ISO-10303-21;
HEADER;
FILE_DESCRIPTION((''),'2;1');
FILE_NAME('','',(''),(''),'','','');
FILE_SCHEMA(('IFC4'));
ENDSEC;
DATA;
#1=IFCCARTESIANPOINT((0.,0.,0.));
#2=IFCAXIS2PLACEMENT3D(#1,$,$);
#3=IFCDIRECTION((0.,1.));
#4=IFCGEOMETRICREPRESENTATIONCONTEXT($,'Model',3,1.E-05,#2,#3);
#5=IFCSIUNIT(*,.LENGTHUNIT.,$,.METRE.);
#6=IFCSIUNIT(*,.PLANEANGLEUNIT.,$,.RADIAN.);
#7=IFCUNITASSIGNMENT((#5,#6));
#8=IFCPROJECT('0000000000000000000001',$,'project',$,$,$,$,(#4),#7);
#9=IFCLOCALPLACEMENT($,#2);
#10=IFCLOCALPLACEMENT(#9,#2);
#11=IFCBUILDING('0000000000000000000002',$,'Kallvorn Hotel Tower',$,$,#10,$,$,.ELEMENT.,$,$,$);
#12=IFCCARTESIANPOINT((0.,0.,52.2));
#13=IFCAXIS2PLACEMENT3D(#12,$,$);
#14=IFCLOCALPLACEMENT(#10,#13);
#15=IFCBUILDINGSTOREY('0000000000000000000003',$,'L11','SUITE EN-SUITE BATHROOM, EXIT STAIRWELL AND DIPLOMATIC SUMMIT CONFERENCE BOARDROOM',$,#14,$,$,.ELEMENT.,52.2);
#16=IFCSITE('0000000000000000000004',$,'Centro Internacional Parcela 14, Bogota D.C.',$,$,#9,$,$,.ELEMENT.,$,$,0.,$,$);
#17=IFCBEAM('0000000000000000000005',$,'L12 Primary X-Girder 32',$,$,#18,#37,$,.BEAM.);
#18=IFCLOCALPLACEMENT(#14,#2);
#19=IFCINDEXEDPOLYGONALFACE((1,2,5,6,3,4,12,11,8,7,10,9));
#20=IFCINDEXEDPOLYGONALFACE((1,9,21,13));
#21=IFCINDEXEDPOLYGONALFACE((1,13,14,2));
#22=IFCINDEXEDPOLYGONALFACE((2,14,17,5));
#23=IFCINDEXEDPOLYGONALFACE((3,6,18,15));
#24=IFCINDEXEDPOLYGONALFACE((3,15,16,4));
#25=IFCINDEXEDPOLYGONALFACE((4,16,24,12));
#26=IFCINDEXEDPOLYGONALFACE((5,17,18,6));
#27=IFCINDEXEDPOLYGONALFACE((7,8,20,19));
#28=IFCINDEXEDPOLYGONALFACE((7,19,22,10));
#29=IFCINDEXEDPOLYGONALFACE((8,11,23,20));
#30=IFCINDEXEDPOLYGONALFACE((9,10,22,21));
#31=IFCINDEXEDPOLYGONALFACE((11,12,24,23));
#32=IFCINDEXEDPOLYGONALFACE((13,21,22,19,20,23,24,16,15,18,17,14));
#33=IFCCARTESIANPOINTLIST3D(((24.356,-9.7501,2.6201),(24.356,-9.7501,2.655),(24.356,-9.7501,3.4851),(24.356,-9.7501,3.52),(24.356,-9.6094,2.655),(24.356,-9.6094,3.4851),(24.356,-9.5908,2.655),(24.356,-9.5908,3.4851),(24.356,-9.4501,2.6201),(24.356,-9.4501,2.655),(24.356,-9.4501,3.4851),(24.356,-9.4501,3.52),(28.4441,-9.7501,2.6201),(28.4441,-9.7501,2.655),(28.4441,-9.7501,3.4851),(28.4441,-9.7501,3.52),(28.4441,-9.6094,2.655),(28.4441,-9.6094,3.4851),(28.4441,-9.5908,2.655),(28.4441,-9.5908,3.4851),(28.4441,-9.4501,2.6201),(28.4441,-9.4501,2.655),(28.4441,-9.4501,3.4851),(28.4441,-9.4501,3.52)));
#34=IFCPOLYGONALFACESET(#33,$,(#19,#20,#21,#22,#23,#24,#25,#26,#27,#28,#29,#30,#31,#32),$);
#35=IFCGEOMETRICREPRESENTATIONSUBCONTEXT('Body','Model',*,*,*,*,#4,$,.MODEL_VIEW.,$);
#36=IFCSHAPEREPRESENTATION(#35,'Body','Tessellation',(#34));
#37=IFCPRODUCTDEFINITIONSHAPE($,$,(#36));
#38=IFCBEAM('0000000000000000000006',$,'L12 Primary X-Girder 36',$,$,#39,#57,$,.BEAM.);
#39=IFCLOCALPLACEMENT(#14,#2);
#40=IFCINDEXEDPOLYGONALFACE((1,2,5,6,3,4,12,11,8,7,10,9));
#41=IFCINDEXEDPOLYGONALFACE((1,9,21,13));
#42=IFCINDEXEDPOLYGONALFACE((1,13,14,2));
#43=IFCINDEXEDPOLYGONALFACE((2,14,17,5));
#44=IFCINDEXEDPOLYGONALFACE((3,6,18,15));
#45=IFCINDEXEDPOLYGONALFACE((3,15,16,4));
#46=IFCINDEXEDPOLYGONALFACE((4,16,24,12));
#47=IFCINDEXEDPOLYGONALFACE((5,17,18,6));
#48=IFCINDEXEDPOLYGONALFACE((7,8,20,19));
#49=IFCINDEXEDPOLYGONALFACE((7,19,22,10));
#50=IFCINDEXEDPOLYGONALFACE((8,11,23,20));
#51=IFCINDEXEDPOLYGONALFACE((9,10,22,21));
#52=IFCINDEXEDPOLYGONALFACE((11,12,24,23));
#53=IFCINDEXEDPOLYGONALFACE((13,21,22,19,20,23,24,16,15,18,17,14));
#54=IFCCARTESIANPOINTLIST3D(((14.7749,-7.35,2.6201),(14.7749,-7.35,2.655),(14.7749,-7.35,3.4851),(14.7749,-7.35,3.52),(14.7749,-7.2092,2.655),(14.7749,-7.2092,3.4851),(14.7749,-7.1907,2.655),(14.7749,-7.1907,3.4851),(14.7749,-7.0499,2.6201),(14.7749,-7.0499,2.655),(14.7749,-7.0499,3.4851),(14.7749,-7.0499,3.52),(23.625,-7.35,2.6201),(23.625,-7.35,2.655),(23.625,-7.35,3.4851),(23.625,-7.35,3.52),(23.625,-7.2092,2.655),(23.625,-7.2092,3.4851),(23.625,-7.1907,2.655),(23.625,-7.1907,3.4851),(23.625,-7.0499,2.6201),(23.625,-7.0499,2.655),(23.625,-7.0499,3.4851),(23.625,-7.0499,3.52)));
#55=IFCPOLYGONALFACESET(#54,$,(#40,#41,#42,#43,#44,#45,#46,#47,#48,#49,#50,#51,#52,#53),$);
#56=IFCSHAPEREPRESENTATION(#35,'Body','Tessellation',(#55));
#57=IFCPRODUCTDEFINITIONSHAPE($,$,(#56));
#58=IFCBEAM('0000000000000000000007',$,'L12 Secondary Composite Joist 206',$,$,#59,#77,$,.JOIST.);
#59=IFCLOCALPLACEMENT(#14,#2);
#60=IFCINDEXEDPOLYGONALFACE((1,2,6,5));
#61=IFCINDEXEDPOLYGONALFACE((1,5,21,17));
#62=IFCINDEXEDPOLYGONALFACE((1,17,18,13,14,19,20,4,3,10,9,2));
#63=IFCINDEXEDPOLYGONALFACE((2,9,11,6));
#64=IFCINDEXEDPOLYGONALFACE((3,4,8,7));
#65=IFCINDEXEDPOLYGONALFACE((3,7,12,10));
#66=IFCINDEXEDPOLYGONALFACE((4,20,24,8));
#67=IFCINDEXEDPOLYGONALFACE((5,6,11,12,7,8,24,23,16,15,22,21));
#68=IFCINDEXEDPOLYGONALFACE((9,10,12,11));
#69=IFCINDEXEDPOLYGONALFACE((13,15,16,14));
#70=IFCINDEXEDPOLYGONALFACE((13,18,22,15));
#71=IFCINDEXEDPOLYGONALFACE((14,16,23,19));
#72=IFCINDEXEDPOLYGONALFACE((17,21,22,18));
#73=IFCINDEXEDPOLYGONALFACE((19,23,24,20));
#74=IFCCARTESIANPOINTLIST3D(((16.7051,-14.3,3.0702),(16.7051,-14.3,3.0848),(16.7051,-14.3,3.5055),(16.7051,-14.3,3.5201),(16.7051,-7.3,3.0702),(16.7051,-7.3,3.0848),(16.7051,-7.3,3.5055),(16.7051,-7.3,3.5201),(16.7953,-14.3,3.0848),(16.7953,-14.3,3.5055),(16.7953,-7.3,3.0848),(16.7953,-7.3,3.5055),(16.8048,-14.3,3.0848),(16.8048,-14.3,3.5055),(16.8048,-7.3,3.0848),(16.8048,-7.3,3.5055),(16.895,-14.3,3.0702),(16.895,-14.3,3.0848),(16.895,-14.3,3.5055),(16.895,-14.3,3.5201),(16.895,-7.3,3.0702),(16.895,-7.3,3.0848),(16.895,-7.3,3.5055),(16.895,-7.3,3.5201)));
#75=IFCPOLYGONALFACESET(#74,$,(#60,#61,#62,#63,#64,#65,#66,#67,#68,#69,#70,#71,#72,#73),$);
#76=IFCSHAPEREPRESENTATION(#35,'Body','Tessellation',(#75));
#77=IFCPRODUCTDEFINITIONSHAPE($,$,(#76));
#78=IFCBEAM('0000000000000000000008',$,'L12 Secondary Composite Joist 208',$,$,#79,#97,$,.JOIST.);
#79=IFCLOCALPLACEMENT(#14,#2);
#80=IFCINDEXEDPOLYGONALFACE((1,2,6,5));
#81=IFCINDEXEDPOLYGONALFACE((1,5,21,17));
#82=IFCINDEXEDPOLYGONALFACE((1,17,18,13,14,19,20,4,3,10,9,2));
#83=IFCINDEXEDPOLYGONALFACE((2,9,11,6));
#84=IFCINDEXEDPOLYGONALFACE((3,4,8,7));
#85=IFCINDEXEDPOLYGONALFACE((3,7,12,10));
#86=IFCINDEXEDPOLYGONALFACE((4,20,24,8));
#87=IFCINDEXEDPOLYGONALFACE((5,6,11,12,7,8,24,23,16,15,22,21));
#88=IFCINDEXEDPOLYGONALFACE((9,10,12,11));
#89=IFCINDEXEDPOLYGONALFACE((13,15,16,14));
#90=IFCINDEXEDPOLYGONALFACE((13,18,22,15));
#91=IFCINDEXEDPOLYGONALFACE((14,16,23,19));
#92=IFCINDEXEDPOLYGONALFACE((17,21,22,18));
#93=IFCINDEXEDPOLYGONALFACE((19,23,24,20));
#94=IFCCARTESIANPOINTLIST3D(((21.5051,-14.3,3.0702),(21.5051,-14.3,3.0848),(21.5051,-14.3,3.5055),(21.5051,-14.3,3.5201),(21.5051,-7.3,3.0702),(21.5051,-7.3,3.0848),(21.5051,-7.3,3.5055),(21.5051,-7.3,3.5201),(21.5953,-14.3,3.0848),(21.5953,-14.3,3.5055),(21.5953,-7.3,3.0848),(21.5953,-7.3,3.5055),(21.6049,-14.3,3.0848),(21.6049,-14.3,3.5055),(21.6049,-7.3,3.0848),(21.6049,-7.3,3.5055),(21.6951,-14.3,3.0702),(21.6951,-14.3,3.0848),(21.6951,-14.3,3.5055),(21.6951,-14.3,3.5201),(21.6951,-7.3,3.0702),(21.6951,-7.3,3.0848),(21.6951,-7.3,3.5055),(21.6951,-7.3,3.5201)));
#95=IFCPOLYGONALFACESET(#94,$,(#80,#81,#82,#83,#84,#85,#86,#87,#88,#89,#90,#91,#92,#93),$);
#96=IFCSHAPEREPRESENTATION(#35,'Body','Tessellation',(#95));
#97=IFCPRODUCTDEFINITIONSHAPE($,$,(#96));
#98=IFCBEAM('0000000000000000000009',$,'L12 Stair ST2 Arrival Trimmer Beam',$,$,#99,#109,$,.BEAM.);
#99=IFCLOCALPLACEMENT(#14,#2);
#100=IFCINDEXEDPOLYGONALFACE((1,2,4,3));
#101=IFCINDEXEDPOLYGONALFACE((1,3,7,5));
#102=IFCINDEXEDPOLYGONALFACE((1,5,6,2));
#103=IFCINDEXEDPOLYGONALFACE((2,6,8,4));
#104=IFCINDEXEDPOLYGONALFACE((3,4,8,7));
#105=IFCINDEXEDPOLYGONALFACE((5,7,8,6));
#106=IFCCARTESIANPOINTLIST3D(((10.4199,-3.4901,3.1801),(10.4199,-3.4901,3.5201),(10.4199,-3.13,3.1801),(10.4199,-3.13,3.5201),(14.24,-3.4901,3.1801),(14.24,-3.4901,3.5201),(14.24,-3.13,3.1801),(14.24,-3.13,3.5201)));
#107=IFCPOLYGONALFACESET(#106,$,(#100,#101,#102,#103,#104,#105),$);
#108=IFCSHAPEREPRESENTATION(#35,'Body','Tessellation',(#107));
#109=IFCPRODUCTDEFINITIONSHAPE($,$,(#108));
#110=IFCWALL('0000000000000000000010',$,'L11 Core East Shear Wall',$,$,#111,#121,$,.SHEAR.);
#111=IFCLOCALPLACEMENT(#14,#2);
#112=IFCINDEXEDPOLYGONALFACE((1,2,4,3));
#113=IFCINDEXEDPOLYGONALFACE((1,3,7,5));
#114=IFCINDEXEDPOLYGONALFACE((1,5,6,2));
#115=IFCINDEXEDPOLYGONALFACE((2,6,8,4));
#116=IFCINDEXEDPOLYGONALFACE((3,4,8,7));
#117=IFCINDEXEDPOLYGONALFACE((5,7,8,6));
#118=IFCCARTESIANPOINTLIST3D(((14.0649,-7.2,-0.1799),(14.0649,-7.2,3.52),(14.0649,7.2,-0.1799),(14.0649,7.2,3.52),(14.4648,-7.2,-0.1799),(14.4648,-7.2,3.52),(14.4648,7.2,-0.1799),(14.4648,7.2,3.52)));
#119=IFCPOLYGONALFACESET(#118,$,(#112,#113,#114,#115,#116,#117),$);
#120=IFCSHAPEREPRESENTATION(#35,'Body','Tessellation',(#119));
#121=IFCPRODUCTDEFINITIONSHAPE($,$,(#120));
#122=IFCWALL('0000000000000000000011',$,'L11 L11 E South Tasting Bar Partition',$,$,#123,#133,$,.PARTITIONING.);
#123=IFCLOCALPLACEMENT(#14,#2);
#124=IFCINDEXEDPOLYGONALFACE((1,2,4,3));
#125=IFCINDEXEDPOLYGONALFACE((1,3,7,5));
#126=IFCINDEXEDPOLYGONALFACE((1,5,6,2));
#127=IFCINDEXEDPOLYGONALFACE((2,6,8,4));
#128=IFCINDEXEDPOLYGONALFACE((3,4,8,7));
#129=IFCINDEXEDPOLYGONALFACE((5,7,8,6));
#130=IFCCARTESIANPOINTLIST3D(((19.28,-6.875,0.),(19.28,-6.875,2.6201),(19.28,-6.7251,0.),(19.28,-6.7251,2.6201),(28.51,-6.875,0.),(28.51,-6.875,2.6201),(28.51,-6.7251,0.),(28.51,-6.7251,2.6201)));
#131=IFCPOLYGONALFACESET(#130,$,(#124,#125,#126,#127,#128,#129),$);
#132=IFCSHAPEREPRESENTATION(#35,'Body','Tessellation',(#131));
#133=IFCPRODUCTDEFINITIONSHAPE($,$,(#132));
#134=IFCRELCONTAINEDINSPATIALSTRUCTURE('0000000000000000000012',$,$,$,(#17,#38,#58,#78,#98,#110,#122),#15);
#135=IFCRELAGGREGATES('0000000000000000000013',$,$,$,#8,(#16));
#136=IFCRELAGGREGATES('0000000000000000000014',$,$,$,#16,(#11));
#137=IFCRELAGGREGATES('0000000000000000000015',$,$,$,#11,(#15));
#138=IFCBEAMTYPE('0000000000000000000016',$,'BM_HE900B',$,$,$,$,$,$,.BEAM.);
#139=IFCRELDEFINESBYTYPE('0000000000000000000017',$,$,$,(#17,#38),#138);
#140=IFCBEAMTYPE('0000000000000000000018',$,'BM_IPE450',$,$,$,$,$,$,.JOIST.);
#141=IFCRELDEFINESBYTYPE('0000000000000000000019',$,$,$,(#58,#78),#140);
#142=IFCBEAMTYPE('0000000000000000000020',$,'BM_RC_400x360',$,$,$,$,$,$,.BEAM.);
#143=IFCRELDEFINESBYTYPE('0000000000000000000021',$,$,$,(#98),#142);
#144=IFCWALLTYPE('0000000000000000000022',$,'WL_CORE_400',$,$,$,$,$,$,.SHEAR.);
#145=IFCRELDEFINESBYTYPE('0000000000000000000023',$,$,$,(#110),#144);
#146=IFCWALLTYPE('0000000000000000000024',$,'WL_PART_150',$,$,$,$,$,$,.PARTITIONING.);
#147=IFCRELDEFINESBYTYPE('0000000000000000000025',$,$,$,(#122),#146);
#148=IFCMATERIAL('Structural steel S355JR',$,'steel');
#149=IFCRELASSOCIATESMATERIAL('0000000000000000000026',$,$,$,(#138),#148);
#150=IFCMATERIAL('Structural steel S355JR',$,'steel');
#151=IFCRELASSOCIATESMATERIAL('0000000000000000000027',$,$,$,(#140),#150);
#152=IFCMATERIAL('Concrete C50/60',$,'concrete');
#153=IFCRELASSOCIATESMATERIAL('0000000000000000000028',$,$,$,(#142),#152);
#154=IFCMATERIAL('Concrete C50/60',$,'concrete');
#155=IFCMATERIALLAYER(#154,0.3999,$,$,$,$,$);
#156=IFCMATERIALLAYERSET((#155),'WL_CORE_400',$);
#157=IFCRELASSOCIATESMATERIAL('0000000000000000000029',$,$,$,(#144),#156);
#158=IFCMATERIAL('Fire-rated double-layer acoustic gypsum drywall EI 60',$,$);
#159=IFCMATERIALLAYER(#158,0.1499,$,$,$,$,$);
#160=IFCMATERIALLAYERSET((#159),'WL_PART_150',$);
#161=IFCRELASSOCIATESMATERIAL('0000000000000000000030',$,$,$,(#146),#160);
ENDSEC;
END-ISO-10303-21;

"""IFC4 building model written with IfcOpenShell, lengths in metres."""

from ifc_helpers import new_model, si_unit, direction, frame, frame_2d, origin, origin_2d, place, context, subcontext, project, spatial, rectangle, i_section, extrude, material, layer, layer_set, material_profile, profile_set, type_object, element, save


model = new_model("IFC4")

# Units and contexts
model_context = context("Model", 3, precision=1e-05, world=origin(), true_north=direction((0.0, 1.0)))
body_context = subcontext(model_context, "Body", "Model", "MODEL_VIEW")
ifc_project = project(units=[si_unit("LENGTHUNIT", "METRE"), si_unit("PLANEANGLEUNIT", "RADIAN")], contexts=[model_context])

# Site, building, storey
site_placement = place(None, origin())
site = spatial("IfcSite", under=ifc_project, at=site_placement, Name="Centro Internacional Parcela 14, Bogota D.C.", CompositionType="ELEMENT", RefElevation=0.0)
building_placement = place(site_placement, origin())
building = spatial("IfcBuilding", under=site, at=building_placement, Name="Kallvorn Hotel Tower", CompositionType="ELEMENT")
storey_placement = place(building_placement, frame((0.0, 0.0, 52.2)))
storey = spatial("IfcBuildingStorey", under=building, at=storey_placement, Name="L11", Description="SUITE EN-SUITE BATHROOM, EXIT STAIRWELL AND DIPLOMATIC SUMMIT CONFERENCE BOARDROOM", CompositionType="ELEMENT", Elevation=52.2)

# Beams
ifc_material_1 = material(Name="Structural steel S355JR", Category="steel")
ifc_material_profile_1 = material_profile(ifc_material_1, i_section(OverallWidth=0.3, OverallDepth=0.8999, WebThickness=0.0186, FlangeThickness=0.0349, at=origin_2d()), Name="HE 900 B")
ifc_profile_set_1 = profile_set([ifc_material_profile_1], Name="Structural steel S355JR")
beam_type_1 = type_object("IfcBeamType", Name="BM_HE900B", PredefinedType="BEAM", material=ifc_profile_set_1)
for number, where, z_axis, x_axis, name in (
    (1, (24.356, -9.6001, 3.0701), (1.0, 0.0, 0.0), (0.0, 1.0, 0.0), "L12 Primary X-Girder 32"),
):
    element("IfcBeam", number, at=place(storey_placement, frame(where, z_axis=z_axis, x_axis=x_axis)), inside=storey, type_object=beam_type_1, Name=name, PredefinedType="BEAM", context=body_context, shape_type="SweptSolid", body=[
        extrude(i_section(OverallWidth=0.3, OverallDepth=0.8999, WebThickness=0.0186, FlangeThickness=0.0349, at=origin_2d()), origin(), (0.0, 0.0, 1.0), 4.0881),
    ])
beam_1_placement = place(storey_placement, frame((14.7749, -7.2, 3.0701), z_axis=(1.0, 0.0, 0.0), x_axis=(0.0, 1.0, 0.0)))
element("IfcBeam", 2, at=beam_1_placement, inside=storey, type_object=beam_type_1, Name="L12 Primary X-Girder 36", PredefinedType="BEAM", context=body_context, shape_type="SweptSolid", body=[
    extrude(i_section(OverallWidth=0.3, OverallDepth=0.8999, WebThickness=0.0186, FlangeThickness=0.0349, at=origin_2d()), origin(), (0.0, 0.0, 1.0), 8.8501),
])
ifc_material_2 = material(Name="Structural steel S355JR", Category="steel")
ifc_material_profile_2 = material_profile(ifc_material_2, i_section(OverallWidth=0.1899, OverallDepth=0.45, WebThickness=0.0095, FlangeThickness=0.0146, at=origin_2d()), Name="IPE 450")
ifc_profile_set_2 = profile_set([ifc_material_profile_2], Name="Structural steel S355JR")
beam_type_2 = type_object("IfcBeamType", Name="BM_IPE450", PredefinedType="JOIST", material=ifc_profile_set_2)
for number, where, z_axis, x_axis, name in (
    (3, (16.8, -14.3, 3.2952), (0.0, 1.0, 0.0), (-1.0, 0.0, 0.0), "L12 Secondary Composite Joist 206"),
    (4, (21.6001, -14.3, 3.2952), (0.0, 1.0, 0.0), (-1.0, 0.0, 0.0), "L12 Secondary Composite Joist 208"),
):
    element("IfcBeam", number, at=place(storey_placement, frame(where, z_axis=z_axis, x_axis=x_axis)), inside=storey, type_object=beam_type_2, Name=name, PredefinedType="JOIST", context=body_context, shape_type="SweptSolid", body=[
        extrude(i_section(OverallWidth=0.1899, OverallDepth=0.45, WebThickness=0.0095, FlangeThickness=0.0146, at=origin_2d()), origin(), (0.0, 0.0, 1.0), 7.0),
    ])
ifc_material_3 = material(Name="Concrete C50/60", Category="concrete")
ifc_material_profile_3 = material_profile(ifc_material_3, rectangle(XDim=0.3601, YDim=0.3401, at=origin_2d()), Name="RC 360x340")
ifc_profile_set_3 = profile_set([ifc_material_profile_3], Name="Concrete C50/60")
beam_type_3 = type_object("IfcBeamType", Name="BM_RC_400x360", PredefinedType="BEAM", material=ifc_profile_set_3)
beam_2_placement = place(storey_placement, frame((14.24, -3.3101, 3.3501), z_axis=(-1.0, 0.0, 0.0), x_axis=(0.0, -1.0, 0.0)))
element("IfcBeam", 5, at=beam_2_placement, inside=storey, type_object=beam_type_3, Name="L12 Stair ST2 Arrival Trimmer Beam", PredefinedType="BEAM", context=body_context, shape_type="SweptSolid", body=[
    extrude(rectangle(XDim=0.3601, YDim=0.3401, at=origin_2d()), origin(), (0.0, 0.0, 1.0), 3.8201),
])

# Walls
ifc_material_4 = material(Name="Concrete C50/60", Category="concrete")
ifc_layer_1 = layer(ifc_material_4, 0.3999)
ifc_layer_set_1 = layer_set([ifc_layer_1], Name="WL_CORE_400")
wall_type_1 = type_object("IfcWallType", Name="WL_CORE_400", PredefinedType="SHEAR", material=ifc_layer_set_1)
wall_1_placement = place(storey_placement, frame((14.2649, -7.2, -0.1799), z_axis=(0.0, 0.0, 1.0), x_axis=(0.0, 1.0, 0.0)))
element("IfcWall", 6, at=wall_1_placement, inside=storey, type_object=wall_type_1, Name="L11 Core East Shear Wall", PredefinedType="SHEAR", context=body_context, shape_type="SweptSolid", body=[
    extrude(rectangle(XDim=14.3999, YDim=0.3999, at=frame_2d((7.2, 0.0))), origin(), (0.0, 0.0, 1.0), 3.7),
])
ifc_material_5 = material(Name="Fire-rated double-layer acoustic gypsum drywall EI 60")
ifc_layer_2 = layer(ifc_material_5, 0.1499)
ifc_layer_set_2 = layer_set([ifc_layer_2], Name="WL_PART_150")
wall_type_2 = type_object("IfcWallType", Name="WL_PART_150", PredefinedType="PARTITIONING", material=ifc_layer_set_2)
wall_2_placement = place(storey_placement, frame((19.28, -6.8, 0.0), z_axis=(0.0, 0.0, 1.0), x_axis=(1.0, 0.0, 0.0)))
element("IfcWall", 7, at=wall_2_placement, inside=storey, type_object=wall_type_2, Name="L11 L11 E South Tasting Bar Partition", PredefinedType="PARTITIONING", context=body_context, shape_type="SweptSolid", body=[
    extrude(rectangle(XDim=9.23, YDim=0.1499, at=frame_2d((4.615, 0.0))), origin(), (0.0, 0.0, 1.0), 2.6201),
])

save(model, "model.ifc")
